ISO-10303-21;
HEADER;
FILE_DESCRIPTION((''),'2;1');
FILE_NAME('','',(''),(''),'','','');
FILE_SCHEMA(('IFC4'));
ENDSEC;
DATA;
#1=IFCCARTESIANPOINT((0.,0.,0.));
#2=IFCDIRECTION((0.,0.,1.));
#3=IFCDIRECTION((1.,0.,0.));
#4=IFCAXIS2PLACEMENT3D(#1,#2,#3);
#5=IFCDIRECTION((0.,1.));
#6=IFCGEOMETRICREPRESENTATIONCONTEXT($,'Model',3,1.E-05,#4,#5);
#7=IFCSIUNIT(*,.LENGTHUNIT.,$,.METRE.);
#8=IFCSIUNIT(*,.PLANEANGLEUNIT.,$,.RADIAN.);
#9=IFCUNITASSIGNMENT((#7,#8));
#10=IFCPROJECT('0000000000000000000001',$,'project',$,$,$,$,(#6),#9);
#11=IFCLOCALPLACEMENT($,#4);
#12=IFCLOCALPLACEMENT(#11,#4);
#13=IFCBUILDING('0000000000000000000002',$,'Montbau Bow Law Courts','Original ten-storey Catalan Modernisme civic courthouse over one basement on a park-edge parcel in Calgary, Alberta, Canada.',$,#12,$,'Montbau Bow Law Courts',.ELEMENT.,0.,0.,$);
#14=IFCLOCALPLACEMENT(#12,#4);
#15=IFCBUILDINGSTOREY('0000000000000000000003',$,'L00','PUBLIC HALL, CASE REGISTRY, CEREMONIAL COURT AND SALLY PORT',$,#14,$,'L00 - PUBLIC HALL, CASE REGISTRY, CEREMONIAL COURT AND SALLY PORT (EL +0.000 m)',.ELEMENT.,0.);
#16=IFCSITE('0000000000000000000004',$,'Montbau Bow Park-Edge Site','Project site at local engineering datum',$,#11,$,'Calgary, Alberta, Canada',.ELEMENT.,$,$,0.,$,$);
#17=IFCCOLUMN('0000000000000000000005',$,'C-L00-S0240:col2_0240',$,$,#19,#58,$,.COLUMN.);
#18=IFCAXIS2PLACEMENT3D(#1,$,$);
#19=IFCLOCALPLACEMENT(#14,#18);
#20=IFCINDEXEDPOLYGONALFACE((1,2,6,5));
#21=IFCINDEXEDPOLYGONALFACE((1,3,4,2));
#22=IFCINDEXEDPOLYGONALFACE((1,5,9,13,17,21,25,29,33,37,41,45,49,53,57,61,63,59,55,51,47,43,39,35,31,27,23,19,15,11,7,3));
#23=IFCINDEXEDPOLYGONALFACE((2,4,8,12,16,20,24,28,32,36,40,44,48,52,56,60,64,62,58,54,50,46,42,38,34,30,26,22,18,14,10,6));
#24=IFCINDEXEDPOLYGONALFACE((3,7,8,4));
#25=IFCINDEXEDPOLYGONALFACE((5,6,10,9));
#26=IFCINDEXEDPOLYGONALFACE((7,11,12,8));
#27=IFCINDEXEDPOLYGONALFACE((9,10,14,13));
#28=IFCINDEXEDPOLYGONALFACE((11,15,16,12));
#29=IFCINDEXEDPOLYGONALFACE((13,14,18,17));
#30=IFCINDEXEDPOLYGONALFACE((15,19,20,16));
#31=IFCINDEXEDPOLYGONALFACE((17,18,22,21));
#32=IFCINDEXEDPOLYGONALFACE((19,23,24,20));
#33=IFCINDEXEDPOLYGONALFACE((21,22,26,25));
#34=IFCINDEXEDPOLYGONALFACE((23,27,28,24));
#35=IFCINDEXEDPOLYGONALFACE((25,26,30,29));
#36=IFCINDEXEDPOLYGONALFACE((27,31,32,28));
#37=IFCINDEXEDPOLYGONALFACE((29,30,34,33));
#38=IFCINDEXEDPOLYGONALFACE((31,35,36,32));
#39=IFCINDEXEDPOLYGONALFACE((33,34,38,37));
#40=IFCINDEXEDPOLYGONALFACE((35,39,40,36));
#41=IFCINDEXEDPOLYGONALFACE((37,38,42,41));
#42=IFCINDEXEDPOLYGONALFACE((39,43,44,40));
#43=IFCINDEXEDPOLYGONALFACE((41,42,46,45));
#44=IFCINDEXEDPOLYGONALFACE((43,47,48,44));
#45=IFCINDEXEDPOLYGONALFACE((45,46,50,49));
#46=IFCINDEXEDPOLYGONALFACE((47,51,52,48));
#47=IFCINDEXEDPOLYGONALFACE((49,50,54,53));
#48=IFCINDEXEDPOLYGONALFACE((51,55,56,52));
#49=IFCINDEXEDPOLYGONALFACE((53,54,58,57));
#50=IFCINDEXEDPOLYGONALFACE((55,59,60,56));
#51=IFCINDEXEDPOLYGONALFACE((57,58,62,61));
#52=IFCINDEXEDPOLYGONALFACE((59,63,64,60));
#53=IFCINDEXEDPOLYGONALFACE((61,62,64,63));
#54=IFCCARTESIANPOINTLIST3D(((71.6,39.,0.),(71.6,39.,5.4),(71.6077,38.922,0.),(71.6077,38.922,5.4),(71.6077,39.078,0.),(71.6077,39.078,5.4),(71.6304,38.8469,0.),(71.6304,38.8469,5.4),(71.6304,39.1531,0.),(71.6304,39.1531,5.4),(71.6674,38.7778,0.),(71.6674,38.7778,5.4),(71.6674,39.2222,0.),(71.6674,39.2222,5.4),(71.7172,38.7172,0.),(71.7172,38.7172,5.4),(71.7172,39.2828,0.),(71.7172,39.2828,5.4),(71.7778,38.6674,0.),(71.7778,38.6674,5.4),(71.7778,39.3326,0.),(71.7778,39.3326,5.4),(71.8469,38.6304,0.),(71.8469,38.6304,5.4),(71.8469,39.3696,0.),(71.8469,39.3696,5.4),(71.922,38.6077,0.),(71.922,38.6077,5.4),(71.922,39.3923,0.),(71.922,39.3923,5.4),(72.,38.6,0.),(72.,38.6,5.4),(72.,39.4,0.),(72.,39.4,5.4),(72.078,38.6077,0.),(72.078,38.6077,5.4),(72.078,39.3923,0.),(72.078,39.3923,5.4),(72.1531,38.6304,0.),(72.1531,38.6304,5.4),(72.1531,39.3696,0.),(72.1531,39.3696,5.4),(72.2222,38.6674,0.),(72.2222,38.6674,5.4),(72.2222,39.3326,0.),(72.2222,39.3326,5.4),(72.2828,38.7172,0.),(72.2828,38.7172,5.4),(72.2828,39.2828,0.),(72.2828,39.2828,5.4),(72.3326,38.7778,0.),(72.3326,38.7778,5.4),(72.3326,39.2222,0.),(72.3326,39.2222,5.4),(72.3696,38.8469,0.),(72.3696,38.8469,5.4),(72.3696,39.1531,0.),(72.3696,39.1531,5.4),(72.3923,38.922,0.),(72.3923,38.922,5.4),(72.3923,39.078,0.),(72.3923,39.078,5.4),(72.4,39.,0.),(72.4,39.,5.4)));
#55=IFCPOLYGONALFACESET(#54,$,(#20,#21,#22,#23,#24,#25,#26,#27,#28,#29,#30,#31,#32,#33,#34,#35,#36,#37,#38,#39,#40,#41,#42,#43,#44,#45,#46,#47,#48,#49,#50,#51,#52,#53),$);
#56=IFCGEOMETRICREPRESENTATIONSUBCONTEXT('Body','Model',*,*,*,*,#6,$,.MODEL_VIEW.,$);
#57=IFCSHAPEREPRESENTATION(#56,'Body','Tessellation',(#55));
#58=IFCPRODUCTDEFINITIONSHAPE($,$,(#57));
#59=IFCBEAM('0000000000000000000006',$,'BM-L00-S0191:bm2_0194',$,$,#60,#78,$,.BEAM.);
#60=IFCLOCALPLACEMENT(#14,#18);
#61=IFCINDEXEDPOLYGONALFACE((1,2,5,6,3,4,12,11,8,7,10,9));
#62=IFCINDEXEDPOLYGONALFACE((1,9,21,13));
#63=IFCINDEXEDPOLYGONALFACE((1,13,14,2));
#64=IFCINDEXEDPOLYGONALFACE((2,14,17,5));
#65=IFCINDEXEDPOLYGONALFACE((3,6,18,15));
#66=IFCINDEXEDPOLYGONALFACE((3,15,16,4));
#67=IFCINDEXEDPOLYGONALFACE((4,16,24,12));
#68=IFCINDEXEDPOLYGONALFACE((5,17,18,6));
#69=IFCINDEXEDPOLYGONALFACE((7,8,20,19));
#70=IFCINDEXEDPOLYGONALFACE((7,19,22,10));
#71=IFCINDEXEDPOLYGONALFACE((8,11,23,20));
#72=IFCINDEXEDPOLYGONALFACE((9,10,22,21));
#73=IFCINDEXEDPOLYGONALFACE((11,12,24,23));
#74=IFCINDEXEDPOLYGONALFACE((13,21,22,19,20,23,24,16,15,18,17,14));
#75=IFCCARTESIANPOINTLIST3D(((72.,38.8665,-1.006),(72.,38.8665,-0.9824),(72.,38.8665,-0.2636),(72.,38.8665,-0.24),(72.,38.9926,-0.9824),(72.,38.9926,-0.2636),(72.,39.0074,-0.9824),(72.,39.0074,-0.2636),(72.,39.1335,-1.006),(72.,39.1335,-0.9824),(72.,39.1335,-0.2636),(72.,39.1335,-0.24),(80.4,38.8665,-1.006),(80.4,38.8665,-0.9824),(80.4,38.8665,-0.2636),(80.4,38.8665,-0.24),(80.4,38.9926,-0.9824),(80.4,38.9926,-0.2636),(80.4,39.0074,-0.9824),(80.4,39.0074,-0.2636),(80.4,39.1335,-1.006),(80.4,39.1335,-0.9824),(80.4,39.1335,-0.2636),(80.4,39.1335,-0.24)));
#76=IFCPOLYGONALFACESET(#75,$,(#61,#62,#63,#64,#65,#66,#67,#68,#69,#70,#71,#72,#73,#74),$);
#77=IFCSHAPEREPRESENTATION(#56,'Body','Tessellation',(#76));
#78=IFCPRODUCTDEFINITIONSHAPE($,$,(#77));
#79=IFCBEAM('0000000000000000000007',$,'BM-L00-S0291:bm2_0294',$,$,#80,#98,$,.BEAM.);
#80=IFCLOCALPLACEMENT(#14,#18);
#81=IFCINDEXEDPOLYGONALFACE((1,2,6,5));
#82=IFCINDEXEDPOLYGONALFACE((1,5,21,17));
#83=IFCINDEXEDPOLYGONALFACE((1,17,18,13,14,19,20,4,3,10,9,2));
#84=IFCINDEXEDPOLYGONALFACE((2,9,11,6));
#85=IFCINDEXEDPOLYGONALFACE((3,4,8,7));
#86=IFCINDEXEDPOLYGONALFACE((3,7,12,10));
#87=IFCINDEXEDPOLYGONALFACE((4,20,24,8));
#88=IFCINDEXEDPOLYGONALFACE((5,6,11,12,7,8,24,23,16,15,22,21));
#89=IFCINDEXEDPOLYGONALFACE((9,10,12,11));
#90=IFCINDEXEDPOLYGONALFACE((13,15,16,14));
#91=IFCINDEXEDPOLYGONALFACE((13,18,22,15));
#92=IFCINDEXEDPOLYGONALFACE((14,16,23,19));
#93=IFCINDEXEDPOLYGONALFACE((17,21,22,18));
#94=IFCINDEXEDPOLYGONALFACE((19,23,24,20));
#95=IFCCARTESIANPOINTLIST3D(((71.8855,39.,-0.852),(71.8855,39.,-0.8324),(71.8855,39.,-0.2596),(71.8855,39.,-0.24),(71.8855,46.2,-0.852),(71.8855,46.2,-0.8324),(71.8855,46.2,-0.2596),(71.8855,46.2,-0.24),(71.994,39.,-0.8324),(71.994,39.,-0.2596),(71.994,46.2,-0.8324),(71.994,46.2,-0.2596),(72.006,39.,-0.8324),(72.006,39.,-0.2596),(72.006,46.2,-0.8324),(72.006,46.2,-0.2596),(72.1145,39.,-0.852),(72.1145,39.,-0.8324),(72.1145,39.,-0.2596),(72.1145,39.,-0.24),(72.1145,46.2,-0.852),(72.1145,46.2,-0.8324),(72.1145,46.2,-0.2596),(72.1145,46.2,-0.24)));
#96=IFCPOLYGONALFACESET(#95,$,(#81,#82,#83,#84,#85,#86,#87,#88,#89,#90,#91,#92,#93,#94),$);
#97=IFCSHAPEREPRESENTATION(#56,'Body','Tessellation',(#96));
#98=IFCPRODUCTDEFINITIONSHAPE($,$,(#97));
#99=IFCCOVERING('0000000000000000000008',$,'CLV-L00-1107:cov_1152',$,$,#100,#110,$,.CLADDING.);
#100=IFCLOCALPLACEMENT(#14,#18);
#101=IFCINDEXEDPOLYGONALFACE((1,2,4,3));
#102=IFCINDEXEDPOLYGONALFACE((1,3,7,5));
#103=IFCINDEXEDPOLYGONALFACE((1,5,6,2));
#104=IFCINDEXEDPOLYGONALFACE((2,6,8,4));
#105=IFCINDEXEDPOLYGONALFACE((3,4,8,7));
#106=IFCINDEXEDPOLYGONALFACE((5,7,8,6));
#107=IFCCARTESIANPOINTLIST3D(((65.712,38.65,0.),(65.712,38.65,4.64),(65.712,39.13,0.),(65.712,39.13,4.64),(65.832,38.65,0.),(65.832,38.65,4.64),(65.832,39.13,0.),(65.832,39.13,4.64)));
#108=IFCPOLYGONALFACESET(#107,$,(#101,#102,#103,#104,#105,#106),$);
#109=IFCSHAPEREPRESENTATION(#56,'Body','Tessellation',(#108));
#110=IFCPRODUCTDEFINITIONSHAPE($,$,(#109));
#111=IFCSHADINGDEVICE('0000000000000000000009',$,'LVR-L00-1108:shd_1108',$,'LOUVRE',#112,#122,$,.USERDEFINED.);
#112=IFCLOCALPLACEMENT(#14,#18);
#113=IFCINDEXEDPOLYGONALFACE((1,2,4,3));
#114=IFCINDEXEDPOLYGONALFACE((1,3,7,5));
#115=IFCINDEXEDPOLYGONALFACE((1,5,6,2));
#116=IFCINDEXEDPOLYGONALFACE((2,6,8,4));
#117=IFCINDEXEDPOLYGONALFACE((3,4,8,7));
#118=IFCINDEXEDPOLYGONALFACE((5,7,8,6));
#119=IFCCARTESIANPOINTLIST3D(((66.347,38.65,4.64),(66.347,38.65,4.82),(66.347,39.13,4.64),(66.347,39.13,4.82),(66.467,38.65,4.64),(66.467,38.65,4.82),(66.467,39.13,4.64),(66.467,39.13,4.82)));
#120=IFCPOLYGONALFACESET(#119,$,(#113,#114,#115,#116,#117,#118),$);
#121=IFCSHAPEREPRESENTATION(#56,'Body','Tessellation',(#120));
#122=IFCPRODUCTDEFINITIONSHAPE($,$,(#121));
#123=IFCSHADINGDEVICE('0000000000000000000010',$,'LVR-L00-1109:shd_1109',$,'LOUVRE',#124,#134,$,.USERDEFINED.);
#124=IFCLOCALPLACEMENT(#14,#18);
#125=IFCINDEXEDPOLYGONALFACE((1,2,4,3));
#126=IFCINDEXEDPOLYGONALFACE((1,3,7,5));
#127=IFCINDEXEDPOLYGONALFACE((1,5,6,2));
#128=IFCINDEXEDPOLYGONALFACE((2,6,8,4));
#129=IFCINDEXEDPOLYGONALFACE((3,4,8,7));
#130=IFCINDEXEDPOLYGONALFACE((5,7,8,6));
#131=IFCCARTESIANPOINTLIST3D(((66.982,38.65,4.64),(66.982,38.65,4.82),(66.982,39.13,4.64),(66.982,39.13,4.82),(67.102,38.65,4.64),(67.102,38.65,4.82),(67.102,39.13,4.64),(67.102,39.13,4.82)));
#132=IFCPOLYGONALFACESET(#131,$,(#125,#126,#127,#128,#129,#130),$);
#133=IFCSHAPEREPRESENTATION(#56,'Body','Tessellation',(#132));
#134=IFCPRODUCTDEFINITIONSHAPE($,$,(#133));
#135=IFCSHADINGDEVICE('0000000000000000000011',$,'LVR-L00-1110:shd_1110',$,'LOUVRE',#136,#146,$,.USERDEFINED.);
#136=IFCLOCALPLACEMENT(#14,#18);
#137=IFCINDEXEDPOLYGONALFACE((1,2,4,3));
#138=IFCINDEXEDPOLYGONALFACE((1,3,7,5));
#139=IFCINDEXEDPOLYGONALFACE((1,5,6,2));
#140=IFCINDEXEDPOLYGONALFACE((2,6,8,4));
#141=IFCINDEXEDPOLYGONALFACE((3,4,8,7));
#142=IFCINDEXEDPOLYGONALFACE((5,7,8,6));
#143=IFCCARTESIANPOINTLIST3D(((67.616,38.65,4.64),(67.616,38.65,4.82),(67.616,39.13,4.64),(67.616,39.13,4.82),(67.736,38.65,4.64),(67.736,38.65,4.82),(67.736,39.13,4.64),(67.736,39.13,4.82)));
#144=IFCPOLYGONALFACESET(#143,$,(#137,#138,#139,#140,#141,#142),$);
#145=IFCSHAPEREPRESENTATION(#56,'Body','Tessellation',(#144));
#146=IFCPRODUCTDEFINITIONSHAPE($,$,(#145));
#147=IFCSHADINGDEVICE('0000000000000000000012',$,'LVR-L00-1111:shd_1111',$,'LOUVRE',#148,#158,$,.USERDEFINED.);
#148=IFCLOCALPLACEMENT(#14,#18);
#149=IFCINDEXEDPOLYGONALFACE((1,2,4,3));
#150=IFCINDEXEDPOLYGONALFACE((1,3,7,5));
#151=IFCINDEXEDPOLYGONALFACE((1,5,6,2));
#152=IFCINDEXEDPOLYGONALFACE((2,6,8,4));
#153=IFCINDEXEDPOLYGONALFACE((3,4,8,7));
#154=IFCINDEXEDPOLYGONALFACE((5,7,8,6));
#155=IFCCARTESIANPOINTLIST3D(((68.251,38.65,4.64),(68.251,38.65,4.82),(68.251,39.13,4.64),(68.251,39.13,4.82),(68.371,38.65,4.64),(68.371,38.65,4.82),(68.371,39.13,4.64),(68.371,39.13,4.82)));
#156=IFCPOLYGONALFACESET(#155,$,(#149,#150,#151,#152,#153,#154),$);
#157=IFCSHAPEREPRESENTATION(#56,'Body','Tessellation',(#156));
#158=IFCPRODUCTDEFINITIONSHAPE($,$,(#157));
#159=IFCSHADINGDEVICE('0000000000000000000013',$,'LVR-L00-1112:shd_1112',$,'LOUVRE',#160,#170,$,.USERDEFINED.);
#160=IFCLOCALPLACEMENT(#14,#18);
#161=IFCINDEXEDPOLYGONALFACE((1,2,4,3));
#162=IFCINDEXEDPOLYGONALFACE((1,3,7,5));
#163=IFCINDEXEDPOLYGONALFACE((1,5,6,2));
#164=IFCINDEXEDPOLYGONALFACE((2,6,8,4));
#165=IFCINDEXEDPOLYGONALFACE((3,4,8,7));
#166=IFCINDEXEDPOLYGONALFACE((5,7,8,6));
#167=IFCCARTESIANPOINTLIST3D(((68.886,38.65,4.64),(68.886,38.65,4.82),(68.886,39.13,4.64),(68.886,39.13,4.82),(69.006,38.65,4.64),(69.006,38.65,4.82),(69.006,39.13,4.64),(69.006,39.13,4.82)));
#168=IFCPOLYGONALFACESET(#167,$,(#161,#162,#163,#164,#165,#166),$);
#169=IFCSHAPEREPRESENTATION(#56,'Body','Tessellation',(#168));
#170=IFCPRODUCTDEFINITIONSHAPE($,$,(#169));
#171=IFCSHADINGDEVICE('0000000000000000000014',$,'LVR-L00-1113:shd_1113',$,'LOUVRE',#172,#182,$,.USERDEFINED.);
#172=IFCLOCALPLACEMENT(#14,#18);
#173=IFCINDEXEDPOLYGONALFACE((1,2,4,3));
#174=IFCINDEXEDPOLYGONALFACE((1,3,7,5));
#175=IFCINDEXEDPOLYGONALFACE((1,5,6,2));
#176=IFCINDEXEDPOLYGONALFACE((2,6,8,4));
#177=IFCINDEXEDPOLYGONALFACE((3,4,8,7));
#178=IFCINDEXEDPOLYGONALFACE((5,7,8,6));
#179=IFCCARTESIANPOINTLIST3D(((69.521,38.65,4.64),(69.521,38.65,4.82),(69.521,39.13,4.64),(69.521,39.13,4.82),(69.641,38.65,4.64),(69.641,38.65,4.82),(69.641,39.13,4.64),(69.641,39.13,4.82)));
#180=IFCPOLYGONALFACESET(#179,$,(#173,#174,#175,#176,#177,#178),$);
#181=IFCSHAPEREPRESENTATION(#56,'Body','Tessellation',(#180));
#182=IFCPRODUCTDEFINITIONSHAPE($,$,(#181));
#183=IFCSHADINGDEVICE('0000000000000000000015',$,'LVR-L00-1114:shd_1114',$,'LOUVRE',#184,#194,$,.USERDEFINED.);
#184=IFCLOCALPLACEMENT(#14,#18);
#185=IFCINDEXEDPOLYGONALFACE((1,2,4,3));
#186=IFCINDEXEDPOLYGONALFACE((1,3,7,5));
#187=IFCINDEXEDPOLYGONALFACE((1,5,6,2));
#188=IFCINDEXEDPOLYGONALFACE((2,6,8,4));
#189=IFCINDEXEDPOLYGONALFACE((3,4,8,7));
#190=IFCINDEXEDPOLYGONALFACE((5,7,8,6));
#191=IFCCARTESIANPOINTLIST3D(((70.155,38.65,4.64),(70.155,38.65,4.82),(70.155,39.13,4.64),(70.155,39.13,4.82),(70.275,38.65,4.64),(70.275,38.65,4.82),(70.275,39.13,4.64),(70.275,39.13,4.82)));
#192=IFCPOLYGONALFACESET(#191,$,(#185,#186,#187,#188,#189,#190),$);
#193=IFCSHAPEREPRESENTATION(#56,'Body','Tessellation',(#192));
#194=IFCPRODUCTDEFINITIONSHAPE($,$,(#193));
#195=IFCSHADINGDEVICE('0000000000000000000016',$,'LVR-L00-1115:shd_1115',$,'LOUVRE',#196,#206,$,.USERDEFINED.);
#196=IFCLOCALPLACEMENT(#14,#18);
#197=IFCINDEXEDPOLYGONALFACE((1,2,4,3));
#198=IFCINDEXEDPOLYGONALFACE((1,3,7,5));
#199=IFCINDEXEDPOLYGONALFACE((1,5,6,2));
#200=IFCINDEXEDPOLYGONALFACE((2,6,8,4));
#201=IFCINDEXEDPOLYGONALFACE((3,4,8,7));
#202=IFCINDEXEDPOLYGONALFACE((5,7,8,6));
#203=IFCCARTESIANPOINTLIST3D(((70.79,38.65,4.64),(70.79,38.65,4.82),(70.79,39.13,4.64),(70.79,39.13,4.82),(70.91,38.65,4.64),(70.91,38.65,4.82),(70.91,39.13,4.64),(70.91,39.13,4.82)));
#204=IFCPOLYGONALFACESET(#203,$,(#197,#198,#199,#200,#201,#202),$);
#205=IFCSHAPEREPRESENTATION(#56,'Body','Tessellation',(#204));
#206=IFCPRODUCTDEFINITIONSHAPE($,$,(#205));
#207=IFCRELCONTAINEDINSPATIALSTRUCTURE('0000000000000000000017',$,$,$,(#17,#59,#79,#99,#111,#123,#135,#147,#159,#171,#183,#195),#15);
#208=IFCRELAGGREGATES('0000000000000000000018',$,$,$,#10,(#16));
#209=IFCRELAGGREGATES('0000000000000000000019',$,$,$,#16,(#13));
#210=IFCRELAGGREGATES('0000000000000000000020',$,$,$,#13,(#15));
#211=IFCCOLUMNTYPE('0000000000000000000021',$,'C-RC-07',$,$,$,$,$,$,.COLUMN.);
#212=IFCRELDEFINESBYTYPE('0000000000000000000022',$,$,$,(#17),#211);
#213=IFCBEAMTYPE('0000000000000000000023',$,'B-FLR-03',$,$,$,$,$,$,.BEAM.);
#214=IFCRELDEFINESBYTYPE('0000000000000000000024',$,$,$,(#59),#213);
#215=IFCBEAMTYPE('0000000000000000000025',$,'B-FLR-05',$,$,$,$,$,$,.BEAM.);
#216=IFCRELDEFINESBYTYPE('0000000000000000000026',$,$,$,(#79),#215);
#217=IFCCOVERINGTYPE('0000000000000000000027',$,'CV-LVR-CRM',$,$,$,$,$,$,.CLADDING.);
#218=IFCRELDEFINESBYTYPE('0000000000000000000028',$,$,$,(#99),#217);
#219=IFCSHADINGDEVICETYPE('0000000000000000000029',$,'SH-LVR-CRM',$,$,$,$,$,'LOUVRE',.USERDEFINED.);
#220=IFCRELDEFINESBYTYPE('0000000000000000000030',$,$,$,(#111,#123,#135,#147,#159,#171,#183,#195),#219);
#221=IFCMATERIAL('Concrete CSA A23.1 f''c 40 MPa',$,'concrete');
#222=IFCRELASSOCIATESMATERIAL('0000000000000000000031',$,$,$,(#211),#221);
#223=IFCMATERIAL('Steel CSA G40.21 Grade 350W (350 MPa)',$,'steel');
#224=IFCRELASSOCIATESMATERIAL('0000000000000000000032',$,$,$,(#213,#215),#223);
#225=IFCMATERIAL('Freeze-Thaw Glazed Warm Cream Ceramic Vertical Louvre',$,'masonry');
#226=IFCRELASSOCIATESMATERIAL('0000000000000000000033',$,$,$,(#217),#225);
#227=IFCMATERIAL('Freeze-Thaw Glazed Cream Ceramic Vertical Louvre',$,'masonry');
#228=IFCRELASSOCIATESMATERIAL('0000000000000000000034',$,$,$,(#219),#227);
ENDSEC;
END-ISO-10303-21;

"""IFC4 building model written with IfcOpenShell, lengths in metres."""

from ifc_helpers import new_model, si_unit, direction, frame, frame_2d, origin_with_axes, origin_2d_with_axis, place, context, subcontext, project, spatial, rectangle, circle, i_section, extrude, material, material_profile, profile_set, type_object, element, save


model = new_model("IFC4")

# Units and contexts
model_context = context("Model", 3, precision=1e-05, world=origin_with_axes(), true_north=direction((0.0, 1.0)))
body_context = subcontext(model_context, "Body", "Model", "MODEL_VIEW")
ifc_project = project(units=[si_unit("LENGTHUNIT", "METRE"), si_unit("PLANEANGLEUNIT", "RADIAN")], contexts=[model_context])

# Site, building, storey
site_placement = place(None, origin_with_axes())
site = spatial("IfcSite", under=ifc_project, at=site_placement, Name="Montbau Bow Park-Edge Site", Description="Project site at local engineering datum", LongName="Calgary, Alberta, Canada", CompositionType="ELEMENT", RefElevation=0.0)
building_placement = place(site_placement, origin_with_axes())
building = spatial("IfcBuilding", under=site, at=building_placement, Name="Montbau Bow Law Courts", Description="Original ten-storey Catalan Modernisme civic courthouse over one basement on a park-edge parcel in Calgary, Alberta, Canada.", LongName="Montbau Bow Law Courts", CompositionType="ELEMENT", ElevationOfRefHeight=0.0, ElevationOfTerrain=0.0)
storey_placement = place(building_placement, origin_with_axes())
storey = spatial("IfcBuildingStorey", under=building, at=storey_placement, Name="L00", Description="PUBLIC HALL, CASE REGISTRY, CEREMONIAL COURT AND SALLY PORT", LongName="L00 - PUBLIC HALL, CASE REGISTRY, CEREMONIAL COURT AND SALLY PORT (EL +0.000 m)", CompositionType="ELEMENT", Elevation=0.0)

# Column
ifc_material_1 = material(Name="Concrete CSA A23.1 f'c 40 MPa", Category="concrete")
ifc_material_profile_1 = material_profile(ifc_material_1, circle(Radius=0.4, at=origin_2d_with_axis()), Name="RC800D", Category="Main", Priority=0)
ifc_profile_set_1 = profile_set([ifc_material_profile_1], Name="Concrete CSA A23.1 f'c 40 MPa")
column_type = type_object("IfcColumnType", Name="C-RC-07", PredefinedType="COLUMN", material=ifc_profile_set_1)
column_placement = place(None, frame((72.0, 39.0, 0.0), z_axis=(0.0, 0.0, 1.0), x_axis=(1.0, 0.0, 0.0)))
element("IfcColumn", 1, at=column_placement, inside=storey, type_object=column_type, Name="C-L00-S0240:col2_0240", PredefinedType="COLUMN", context=body_context, shape_type="SweptSolid", body=[
    extrude(circle(Radius=0.4, at=origin_2d_with_axis()), origin_with_axes(), (0.0, 0.0, 1.0), 5.4),
])

# Beams
ifc_material_2 = material(Name="Steel CSA G40.21 Grade 350W (350 MPa)", Category="steel")
ifc_material_profile_2 = material_profile(ifc_material_2, i_section(OverallWidth=0.267, OverallDepth=0.766, WebThickness=0.0149, FlangeThickness=0.0236, at=origin_2d_with_axis()), Name="W760X185", Category="Main", Priority=0)
ifc_profile_set_2 = profile_set([ifc_material_profile_2], Name="Steel CSA G40.21 Grade 350W (350 MPa)")
beam_type_1 = type_object("IfcBeamType", Name="B-FLR-03", PredefinedType="BEAM", material=ifc_profile_set_2)
beam_1_placement = place(None, frame((72.0, 39.0, -0.623), z_axis=(1.0, 0.0, 0.0), x_axis=(0.0, 1.0, 0.0)))
element("IfcBeam", 2, at=beam_1_placement, inside=storey, type_object=beam_type_1, Name="BM-L00-S0191:bm2_0194", PredefinedType="BEAM", context=body_context, shape_type="SweptSolid", body=[
    extrude(i_section(OverallWidth=0.267, OverallDepth=0.766, WebThickness=0.0149, FlangeThickness=0.0236, at=origin_2d_with_axis()), origin_with_axes(), (0.0, 0.0, 1.0), 8.4),
])
ifc_material_profile_3 = material_profile(ifc_material_2, i_section(OverallWidth=0.229, OverallDepth=0.612, WebThickness=0.0119, FlangeThickness=0.0196, at=origin_2d_with_axis()), Name="W610X125", Category="Main", Priority=0)
ifc_profile_set_3 = profile_set([ifc_material_profile_3], Name="Steel CSA G40.21 Grade 350W (350 MPa)")
beam_type_2 = type_object("IfcBeamType", Name="B-FLR-05", PredefinedType="BEAM", material=ifc_profile_set_3)
beam_2_placement = place(None, frame((72.0, 39.0, -0.546), z_axis=(0.0, 1.0, 0.0), x_axis=(-1.0, 0.0, 0.0)))
element("IfcBeam", 3, at=beam_2_placement, inside=storey, type_object=beam_type_2, Name="BM-L00-S0291:bm2_0294", PredefinedType="BEAM", context=body_context, shape_type="SweptSolid", body=[
    extrude(i_section(OverallWidth=0.229, OverallDepth=0.612, WebThickness=0.0119, FlangeThickness=0.0196, at=origin_2d_with_axis()), origin_with_axes(), (0.0, 0.0, 1.0), 7.2),
])

# Covering
ifc_material_3 = material(Name="Freeze-Thaw Glazed Warm Cream Ceramic Vertical Louvre", Category="masonry")
covering_type = type_object("IfcCoveringType", Name="CV-LVR-CRM", PredefinedType="CLADDING", material=ifc_material_3)
covering_placement = place(None, frame((65.772, 39.13, 0.0), z_axis=(-1.0, 0.0, 0.0), x_axis=(0.0, -1.0, 0.0)))
element("IfcCovering", 4, at=covering_placement, inside=storey, type_object=covering_type, Name="CLV-L00-1107:cov_1152", PredefinedType="CLADDING", context=body_context, shape_type="SweptSolid", body=[
    extrude(rectangle(XDim=0.48, YDim=4.64, at=frame_2d((0.24, 2.32), x_axis=(1.0, 0.0))), frame((0.0, 0.0, -0.06), z_axis=(0.0, 0.0, 1.0), x_axis=(1.0, 0.0, 0.0)), (0.0, 0.0, 1.0), 0.12),
])

# Shading devices
ifc_material_4 = material(Name="Freeze-Thaw Glazed Cream Ceramic Vertical Louvre", Category="masonry")
shading_device_type = type_object("IfcShadingDeviceType", Name="SH-LVR-CRM", ElementType="LOUVRE", PredefinedType="USERDEFINED", material=ifc_material_4)
for number, where, z_axis, x_axis, name in (
    (5, (66.407, 38.89, 4.64), (0.0, 0.0, 1.0), (0.0, -1.0, 0.0), "LVR-L00-1108:shd_1108"),
    (6, (67.042, 38.89, 4.64), (0.0, 0.0, 1.0), (0.0, -1.0, 0.0), "LVR-L00-1109:shd_1109"),
    (7, (67.676, 38.89, 4.64), (0.0, 0.0, 1.0), (0.0, -1.0, 0.0), "LVR-L00-1110:shd_1110"),
    (8, (68.311, 38.89, 4.64), (0.0, 0.0, 1.0), (0.0, -1.0, 0.0), "LVR-L00-1111:shd_1111"),
    (9, (68.946, 38.89, 4.64), (0.0, 0.0, 1.0), (0.0, -1.0, 0.0), "LVR-L00-1112:shd_1112"),
    (10, (69.581, 38.89, 4.64), (0.0, 0.0, 1.0), (0.0, -1.0, 0.0), "LVR-L00-1113:shd_1113"),
    (11, (70.215, 38.89, 4.64), (0.0, 0.0, 1.0), (0.0, -1.0, 0.0), "LVR-L00-1114:shd_1114"),
    (12, (70.85, 38.89, 4.64), (0.0, 0.0, 1.0), (0.0, -1.0, 0.0), "LVR-L00-1115:shd_1115"),
):
    element("IfcShadingDevice", number, at=place(None, frame(where, z_axis=z_axis, x_axis=x_axis)), inside=storey, type_object=shading_device_type, Name=name, ObjectType="LOUVRE", PredefinedType="USERDEFINED", context=body_context, shape_type="SweptSolid", body=[
        extrude(rectangle(XDim=0.48, YDim=0.12, at=origin_2d_with_axis()), origin_with_axes(), (0.0, 0.0, 1.0), 0.18),
    ])

save(model, "model.ifc")
